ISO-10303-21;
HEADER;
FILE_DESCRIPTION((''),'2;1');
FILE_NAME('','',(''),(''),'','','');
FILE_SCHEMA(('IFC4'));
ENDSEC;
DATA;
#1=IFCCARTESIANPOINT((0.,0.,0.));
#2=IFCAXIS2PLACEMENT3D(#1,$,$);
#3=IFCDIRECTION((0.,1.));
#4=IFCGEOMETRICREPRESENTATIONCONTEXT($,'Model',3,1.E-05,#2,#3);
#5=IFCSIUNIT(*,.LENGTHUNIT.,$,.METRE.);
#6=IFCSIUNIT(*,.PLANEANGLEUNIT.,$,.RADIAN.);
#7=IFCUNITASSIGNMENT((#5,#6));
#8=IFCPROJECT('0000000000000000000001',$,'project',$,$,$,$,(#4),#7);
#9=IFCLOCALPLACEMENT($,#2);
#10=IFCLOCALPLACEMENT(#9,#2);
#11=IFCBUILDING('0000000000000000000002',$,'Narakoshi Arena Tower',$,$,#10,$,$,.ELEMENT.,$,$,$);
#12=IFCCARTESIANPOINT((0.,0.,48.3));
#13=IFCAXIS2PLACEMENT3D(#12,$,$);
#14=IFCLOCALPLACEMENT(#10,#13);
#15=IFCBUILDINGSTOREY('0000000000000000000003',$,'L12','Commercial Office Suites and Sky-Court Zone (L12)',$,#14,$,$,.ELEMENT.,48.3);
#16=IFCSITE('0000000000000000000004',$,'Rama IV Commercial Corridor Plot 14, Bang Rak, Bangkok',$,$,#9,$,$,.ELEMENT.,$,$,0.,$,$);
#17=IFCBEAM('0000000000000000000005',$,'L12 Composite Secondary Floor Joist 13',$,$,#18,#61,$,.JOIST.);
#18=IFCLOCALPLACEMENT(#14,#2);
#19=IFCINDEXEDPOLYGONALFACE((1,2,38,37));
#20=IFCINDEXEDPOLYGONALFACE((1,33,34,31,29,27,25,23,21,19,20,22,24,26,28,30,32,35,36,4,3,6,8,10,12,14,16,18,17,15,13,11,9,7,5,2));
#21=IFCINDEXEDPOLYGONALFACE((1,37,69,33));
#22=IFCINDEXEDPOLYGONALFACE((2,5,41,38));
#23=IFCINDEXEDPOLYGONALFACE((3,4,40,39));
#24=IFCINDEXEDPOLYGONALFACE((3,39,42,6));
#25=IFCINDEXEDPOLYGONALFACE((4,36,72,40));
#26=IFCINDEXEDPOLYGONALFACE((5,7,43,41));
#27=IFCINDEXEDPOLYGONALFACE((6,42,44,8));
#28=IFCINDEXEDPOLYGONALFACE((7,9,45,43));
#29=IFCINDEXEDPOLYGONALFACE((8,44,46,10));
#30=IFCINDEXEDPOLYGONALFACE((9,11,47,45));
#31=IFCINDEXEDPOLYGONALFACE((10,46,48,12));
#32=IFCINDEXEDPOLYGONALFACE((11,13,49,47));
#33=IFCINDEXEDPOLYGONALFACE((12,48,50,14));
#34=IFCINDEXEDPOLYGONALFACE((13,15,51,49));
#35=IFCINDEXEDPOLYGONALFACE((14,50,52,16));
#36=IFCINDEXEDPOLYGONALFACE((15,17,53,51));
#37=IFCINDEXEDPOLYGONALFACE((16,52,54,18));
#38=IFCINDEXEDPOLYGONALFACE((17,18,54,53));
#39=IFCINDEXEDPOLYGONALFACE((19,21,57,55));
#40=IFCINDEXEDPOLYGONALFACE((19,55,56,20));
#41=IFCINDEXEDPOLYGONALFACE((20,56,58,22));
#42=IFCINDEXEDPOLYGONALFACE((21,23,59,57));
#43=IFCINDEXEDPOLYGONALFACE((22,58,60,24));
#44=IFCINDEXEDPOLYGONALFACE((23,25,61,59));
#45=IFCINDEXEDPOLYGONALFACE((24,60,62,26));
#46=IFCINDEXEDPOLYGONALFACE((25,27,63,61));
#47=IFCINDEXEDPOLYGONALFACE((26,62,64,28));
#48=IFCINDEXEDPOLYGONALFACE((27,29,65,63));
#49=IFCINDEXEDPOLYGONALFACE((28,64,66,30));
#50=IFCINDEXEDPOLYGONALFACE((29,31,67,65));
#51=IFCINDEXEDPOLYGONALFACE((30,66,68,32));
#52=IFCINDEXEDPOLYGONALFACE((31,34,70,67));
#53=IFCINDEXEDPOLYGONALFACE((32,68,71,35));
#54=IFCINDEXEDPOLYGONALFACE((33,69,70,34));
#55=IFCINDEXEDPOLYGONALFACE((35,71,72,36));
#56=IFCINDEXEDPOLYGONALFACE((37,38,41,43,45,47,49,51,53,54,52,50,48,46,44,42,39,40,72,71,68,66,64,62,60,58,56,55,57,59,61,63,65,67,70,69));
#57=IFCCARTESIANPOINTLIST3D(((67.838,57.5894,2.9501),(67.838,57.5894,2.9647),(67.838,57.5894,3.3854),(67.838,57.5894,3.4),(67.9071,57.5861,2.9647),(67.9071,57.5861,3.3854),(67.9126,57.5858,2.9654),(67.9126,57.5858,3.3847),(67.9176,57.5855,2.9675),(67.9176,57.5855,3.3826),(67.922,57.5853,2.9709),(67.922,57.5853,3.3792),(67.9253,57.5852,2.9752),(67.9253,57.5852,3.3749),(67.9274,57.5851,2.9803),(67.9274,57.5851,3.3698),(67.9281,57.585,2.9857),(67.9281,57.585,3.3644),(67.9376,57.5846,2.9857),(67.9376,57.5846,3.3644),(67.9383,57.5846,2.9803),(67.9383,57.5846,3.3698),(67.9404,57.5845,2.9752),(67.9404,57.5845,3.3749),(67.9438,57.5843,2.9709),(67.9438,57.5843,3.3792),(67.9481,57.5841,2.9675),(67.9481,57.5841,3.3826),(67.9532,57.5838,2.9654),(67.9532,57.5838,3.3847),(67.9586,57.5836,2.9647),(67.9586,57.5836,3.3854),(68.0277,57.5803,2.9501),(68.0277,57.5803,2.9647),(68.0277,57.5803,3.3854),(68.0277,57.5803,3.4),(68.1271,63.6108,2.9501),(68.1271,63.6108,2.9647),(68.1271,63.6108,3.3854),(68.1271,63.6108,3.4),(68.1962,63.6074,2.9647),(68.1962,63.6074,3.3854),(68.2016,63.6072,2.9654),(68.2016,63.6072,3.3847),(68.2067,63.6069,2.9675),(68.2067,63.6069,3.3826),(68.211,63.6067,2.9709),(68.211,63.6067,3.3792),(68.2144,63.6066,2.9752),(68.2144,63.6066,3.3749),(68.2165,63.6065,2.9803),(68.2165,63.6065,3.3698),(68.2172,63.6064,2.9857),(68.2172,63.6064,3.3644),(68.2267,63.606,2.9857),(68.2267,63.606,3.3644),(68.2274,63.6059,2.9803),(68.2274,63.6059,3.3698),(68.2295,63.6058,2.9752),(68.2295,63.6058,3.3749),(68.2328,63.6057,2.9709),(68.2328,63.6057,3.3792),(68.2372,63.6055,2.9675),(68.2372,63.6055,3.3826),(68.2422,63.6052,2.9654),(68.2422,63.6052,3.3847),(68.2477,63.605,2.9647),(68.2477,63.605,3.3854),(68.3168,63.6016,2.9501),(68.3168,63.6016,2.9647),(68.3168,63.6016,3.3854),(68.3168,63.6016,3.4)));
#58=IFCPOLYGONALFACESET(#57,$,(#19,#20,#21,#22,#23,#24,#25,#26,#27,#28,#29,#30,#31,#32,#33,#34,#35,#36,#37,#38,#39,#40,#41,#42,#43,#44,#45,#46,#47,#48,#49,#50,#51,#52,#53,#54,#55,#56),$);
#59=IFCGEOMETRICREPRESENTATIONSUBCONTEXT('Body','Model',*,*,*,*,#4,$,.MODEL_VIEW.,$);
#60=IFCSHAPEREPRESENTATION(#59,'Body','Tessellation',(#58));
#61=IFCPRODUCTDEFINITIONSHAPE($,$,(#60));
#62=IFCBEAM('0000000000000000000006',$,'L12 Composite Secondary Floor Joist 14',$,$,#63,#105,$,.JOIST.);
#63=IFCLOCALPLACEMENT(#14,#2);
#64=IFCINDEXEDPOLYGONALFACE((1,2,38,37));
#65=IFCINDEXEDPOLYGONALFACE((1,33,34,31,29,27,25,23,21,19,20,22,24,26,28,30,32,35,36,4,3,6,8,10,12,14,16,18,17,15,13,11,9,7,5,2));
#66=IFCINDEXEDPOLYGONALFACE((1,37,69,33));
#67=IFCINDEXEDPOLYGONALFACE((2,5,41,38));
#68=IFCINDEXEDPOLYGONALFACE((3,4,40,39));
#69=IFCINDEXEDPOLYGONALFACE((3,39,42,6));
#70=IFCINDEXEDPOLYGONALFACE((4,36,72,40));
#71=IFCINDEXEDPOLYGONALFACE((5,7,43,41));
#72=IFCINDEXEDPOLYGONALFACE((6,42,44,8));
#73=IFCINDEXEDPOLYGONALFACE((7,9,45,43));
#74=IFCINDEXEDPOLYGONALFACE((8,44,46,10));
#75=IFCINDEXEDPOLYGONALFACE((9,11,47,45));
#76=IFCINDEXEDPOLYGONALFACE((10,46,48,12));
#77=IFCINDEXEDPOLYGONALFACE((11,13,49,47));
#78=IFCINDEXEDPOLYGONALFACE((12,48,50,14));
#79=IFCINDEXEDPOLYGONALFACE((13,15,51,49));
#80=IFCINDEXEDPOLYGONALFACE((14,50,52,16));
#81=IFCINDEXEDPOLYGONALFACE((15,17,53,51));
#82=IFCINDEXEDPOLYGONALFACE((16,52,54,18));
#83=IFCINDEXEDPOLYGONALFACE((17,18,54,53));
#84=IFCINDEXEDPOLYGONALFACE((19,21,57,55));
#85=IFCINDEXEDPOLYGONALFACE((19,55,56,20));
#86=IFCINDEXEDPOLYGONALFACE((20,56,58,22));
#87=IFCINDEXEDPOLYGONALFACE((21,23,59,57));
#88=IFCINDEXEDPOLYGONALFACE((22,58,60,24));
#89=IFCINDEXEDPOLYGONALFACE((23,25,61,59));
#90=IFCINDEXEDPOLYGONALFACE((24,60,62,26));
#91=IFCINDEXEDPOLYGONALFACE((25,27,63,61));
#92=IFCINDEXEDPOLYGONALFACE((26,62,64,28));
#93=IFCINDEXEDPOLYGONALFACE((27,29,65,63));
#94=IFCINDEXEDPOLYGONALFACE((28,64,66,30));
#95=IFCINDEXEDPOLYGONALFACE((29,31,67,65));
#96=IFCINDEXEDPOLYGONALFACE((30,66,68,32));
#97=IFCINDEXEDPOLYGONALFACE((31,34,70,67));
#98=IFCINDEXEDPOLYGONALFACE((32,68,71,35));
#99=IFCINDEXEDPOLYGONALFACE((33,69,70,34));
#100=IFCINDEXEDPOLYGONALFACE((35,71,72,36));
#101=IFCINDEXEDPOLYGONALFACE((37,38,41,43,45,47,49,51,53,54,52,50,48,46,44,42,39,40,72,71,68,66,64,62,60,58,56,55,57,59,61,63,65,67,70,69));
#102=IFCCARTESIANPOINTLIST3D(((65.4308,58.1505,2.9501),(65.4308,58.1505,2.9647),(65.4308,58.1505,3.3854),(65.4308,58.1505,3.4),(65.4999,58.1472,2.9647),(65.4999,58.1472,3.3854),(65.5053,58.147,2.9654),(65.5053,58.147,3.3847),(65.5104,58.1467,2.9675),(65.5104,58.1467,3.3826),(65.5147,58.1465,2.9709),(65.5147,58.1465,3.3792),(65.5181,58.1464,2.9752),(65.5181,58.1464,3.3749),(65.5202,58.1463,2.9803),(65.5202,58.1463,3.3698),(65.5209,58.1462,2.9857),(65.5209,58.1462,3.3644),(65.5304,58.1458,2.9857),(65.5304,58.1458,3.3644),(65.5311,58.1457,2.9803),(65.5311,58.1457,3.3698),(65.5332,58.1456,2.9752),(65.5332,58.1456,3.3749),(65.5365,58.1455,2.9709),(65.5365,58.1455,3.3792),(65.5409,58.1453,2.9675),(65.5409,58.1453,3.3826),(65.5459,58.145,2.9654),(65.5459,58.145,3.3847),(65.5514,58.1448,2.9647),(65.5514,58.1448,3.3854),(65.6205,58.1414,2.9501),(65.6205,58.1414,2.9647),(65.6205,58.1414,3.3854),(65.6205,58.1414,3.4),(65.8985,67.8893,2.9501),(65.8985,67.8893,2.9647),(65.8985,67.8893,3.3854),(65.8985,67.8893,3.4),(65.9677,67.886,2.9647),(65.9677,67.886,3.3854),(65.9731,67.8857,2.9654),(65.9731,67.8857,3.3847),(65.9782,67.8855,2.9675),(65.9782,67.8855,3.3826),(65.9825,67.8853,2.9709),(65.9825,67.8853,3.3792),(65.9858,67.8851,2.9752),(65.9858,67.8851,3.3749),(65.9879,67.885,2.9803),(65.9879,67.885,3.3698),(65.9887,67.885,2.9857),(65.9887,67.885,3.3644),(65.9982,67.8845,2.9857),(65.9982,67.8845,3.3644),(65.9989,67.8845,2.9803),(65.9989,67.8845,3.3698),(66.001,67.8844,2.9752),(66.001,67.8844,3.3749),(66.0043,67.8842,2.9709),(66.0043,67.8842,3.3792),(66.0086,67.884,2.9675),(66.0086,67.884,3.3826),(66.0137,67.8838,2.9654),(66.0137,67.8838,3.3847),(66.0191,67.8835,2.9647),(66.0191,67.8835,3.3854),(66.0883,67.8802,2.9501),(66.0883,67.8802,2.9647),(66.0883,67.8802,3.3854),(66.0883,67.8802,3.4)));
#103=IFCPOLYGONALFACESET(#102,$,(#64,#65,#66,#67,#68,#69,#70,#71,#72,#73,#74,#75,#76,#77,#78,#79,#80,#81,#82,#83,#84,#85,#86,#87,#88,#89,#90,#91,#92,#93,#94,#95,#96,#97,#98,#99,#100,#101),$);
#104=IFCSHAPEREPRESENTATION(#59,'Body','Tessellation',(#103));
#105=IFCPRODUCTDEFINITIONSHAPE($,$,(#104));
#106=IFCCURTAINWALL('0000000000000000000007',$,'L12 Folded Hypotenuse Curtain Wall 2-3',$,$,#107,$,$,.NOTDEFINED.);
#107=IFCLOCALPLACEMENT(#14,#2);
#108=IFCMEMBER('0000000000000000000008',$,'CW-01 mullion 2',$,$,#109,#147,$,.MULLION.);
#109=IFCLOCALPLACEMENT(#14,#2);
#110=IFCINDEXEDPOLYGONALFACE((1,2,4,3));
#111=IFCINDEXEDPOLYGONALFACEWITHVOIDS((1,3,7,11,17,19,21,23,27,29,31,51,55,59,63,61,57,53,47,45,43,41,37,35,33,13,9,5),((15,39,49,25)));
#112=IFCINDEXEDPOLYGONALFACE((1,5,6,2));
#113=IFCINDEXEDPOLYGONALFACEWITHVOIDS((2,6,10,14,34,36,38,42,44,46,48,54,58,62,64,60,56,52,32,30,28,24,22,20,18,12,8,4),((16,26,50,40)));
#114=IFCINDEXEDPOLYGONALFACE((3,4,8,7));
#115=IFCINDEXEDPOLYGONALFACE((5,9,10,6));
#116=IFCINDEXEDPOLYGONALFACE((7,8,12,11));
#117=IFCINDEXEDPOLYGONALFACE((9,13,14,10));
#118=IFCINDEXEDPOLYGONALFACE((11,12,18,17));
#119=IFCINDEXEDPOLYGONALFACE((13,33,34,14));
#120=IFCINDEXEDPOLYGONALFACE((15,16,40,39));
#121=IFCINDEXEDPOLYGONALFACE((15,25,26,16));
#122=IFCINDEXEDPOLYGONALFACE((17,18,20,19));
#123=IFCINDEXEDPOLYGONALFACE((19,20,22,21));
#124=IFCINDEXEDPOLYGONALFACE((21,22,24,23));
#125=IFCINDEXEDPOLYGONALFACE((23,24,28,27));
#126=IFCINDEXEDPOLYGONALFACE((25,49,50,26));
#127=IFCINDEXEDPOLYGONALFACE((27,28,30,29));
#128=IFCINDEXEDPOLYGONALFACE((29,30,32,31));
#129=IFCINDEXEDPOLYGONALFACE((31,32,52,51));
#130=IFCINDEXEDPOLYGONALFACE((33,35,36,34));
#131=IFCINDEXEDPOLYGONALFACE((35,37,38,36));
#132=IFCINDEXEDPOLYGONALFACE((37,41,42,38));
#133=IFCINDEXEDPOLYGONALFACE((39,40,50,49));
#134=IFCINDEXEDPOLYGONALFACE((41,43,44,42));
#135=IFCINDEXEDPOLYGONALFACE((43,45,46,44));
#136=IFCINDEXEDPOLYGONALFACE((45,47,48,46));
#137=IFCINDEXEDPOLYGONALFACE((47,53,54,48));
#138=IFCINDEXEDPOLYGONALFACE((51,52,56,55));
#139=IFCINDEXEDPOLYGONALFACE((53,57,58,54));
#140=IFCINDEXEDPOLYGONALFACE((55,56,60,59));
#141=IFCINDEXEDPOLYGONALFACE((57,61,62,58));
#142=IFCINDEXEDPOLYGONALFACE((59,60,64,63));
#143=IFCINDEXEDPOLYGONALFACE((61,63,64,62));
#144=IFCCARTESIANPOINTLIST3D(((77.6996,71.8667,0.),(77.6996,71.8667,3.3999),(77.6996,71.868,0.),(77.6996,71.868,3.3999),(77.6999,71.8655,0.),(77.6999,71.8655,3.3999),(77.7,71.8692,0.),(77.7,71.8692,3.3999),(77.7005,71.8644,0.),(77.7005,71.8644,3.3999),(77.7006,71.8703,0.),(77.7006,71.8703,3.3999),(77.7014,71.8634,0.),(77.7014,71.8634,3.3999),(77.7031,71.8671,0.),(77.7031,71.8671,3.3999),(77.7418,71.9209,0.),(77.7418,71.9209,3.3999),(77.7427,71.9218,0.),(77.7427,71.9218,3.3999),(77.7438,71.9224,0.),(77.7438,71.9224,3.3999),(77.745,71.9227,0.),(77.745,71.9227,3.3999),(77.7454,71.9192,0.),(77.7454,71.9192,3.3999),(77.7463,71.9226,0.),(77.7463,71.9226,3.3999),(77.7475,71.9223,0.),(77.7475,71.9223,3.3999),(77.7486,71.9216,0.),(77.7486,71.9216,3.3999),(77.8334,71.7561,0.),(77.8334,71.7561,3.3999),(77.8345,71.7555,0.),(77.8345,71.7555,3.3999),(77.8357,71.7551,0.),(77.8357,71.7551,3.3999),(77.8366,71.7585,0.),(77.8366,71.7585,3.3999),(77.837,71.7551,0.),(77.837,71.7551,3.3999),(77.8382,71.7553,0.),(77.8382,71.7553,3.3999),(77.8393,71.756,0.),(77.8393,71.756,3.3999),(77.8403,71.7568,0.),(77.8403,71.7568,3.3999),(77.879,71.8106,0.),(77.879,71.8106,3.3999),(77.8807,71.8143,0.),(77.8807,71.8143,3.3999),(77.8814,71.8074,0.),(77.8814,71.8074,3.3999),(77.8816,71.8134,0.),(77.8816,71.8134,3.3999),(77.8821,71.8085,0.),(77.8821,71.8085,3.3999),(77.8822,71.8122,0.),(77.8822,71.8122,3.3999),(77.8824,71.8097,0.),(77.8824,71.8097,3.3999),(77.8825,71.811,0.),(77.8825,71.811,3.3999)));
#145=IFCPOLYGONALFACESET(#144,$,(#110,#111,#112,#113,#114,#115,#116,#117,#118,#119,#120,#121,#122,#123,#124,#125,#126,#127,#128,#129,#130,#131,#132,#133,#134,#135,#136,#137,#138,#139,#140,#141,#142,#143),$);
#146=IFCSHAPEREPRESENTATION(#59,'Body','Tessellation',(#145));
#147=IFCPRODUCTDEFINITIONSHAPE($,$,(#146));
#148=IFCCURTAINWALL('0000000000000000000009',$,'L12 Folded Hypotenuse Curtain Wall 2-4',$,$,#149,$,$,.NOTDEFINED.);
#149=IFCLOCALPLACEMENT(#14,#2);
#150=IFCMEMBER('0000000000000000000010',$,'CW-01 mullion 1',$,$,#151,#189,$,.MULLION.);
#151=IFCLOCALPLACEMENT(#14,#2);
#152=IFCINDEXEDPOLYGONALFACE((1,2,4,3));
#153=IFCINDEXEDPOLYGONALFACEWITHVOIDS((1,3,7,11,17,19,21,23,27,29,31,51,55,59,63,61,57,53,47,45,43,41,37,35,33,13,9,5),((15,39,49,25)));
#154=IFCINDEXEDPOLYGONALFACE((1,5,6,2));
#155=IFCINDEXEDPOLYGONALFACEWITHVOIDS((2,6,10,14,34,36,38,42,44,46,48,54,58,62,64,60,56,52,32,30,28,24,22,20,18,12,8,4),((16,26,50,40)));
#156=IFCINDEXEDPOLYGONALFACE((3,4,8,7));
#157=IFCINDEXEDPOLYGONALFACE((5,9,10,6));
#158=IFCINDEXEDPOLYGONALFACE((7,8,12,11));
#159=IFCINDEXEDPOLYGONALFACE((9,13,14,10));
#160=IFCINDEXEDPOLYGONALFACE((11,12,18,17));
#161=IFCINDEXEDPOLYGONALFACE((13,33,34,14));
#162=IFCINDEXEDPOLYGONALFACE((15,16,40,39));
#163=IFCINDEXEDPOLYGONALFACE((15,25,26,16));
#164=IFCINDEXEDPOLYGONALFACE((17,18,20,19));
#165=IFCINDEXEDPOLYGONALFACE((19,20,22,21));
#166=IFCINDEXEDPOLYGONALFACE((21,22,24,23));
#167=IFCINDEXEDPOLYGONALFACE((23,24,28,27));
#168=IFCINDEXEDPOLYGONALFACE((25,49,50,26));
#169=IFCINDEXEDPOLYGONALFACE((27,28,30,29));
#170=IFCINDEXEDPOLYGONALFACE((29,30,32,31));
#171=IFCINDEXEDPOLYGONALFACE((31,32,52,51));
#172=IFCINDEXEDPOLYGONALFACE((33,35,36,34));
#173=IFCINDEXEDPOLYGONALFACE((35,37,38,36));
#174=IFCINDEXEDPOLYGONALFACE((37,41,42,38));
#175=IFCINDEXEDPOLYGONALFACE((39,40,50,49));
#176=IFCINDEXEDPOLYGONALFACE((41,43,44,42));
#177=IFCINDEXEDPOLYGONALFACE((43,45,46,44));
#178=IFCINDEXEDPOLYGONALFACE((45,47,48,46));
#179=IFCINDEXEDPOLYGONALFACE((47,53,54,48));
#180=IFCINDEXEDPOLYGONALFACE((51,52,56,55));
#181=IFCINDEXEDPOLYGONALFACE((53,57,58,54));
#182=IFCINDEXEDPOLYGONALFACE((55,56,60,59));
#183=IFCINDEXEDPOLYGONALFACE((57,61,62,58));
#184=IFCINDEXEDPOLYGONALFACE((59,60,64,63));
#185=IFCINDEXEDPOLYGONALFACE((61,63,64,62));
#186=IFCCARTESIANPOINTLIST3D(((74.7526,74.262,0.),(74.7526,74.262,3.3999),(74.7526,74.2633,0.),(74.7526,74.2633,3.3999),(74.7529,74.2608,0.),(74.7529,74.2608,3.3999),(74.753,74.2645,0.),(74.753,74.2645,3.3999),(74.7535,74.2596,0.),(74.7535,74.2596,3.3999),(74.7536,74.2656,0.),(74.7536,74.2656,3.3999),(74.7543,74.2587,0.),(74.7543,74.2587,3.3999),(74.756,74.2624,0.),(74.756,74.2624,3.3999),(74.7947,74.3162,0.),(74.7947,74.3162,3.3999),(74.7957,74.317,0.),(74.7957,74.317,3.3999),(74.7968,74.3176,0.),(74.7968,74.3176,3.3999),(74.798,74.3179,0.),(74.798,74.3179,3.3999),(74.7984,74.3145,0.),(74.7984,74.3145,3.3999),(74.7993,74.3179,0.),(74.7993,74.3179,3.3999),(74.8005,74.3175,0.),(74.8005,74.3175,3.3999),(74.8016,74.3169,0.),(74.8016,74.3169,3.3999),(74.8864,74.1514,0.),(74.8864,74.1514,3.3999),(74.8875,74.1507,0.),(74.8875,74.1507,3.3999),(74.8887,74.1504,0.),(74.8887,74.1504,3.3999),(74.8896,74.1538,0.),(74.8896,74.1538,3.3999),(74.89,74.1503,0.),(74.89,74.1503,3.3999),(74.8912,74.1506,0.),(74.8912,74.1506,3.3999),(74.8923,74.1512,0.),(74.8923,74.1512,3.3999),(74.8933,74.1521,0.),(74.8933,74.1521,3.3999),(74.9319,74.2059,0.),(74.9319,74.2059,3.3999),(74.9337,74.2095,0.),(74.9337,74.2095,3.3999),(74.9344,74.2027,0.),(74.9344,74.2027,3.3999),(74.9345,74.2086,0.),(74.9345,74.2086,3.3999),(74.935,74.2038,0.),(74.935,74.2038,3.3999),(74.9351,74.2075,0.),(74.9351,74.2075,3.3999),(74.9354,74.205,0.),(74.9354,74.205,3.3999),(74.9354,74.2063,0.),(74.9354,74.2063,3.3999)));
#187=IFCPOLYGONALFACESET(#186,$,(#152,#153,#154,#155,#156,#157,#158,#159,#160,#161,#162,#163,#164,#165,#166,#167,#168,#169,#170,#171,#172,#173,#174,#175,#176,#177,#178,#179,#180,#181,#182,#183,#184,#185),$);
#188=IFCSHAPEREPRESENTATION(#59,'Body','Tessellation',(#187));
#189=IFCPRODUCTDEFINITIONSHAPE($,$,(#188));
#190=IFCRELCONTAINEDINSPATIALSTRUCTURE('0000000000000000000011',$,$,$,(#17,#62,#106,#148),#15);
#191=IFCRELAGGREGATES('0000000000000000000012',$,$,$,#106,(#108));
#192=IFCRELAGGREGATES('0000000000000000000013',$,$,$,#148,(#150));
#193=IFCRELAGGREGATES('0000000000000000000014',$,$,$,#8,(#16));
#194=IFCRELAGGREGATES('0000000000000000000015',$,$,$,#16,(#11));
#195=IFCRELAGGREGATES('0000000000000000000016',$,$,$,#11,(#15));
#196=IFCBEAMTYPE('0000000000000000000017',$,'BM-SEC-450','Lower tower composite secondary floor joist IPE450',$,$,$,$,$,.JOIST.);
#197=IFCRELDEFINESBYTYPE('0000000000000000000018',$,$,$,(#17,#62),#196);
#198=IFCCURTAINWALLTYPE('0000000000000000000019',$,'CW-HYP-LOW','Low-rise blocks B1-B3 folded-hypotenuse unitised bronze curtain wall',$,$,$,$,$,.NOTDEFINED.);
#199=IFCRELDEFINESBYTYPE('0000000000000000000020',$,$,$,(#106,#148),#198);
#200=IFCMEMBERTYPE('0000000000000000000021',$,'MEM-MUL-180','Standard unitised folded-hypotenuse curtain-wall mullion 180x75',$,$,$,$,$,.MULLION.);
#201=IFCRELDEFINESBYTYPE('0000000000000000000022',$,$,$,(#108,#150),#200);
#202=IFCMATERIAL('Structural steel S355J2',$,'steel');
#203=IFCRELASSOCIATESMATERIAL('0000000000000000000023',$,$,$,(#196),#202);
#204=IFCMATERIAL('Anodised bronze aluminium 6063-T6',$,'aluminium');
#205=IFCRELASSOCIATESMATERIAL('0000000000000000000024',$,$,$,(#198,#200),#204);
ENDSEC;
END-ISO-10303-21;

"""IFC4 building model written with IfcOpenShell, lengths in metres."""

from ifc_helpers import new_model, si_unit, direction, frame, origin, origin_2d, place, context, subcontext, project, spatial, hollow_rectangle, i_section, extrude, material, material_profile, profile_set, type_object, element, aggregate, save


model = new_model("IFC4")

# Units and contexts
model_context = context("Model", 3, precision=1e-05, world=origin(), true_north=direction((0.0, 1.0)))
body_context = subcontext(model_context, "Body", "Model", "MODEL_VIEW")
ifc_project = project(units=[si_unit("LENGTHUNIT", "METRE"), si_unit("PLANEANGLEUNIT", "RADIAN")], contexts=[model_context])

# Site, building, storey
site_placement = place(None, origin())
site = spatial("IfcSite", under=ifc_project, at=site_placement, Name="Rama IV Commercial Corridor Plot 14, Bang Rak, Bangkok", CompositionType="ELEMENT", RefElevation=0.0)
building_placement = place(site_placement, origin())
building = spatial("IfcBuilding", under=site, at=building_placement, Name="Narakoshi Arena Tower", CompositionType="ELEMENT")
storey_placement = place(building_placement, frame((0.0, 0.0, 48.3)))
storey = spatial("IfcBuildingStorey", under=building, at=storey_placement, Name="L12", Description="Commercial Office Suites and Sky-Court Zone (L12)", CompositionType="ELEMENT", Elevation=48.3)

# Beams
ifc_material_1 = material(Name="Structural steel S355J2", Category="steel")
ifc_material_profile_1 = material_profile(ifc_material_1, i_section(OverallWidth=0.1899, OverallDepth=0.45, WebThickness=0.0095, FlangeThickness=0.0146, FilletRadius=0.021, at=origin_2d()), Name="IPE450")
ifc_profile_set_1 = profile_set([ifc_material_profile_1], Name="Structural steel S355J2")
beam_type_1 = type_object("IfcBeamType", Name="BM-SEC-450", Description="Lower tower composite secondary floor joist IPE450", PredefinedType="JOIST", material=ifc_profile_set_1)
beam_1_placement = place(storey_placement, frame((68.2219, 63.6062, 3.175), z_axis=(-0.04795, -0.99885, 0.0), x_axis=(0.99885, -0.04795, 0.0)))
element("IfcBeam", 1, at=beam_1_placement, inside=storey, type_object=beam_type_1, Name="L12 Composite Secondary Floor Joist 13", PredefinedType="JOIST", context=body_context, shape_type="SweptSolid", body=[
    extrude(i_section(OverallWidth=0.1899, OverallDepth=0.45, WebThickness=0.0095, FlangeThickness=0.0146, FilletRadius=0.021, at=origin_2d()), origin(), (0.0, 0.0, 1.0), 6.0283),
])
beam_2_placement = place(storey_placement, frame((65.9934, 67.8848, 3.175), z_axis=(-0.047977, -0.998848, 0.0), x_axis=(0.998848, -0.047977, 0.0)))
element("IfcBeam", 2, at=beam_2_placement, inside=storey, type_object=beam_type_1, Name="L12 Composite Secondary Floor Joist 14", PredefinedType="JOIST", context=body_context, shape_type="SweptSolid", body=[
    extrude(i_section(OverallWidth=0.1899, OverallDepth=0.45, WebThickness=0.0095, FlangeThickness=0.0146, FilletRadius=0.021, at=origin_2d()), origin(), (0.0, 0.0, 1.0), 9.75),
])

# Curtain wall, member
ifc_material_2 = material(Name="Anodised bronze aluminium 6063-T6", Category="aluminium")
curtain_wall_type = type_object("IfcCurtainWallType", Name="CW-HYP-LOW", Description="Low-rise blocks B1-B3 folded-hypotenuse unitised bronze curtain wall", PredefinedType="NOTDEFINED", material=ifc_material_2)
curtain_wall_1_placement = place(storey_placement, origin())
curtain_wall_1 = element("IfcCurtainWall", 3, at=curtain_wall_1_placement, inside=storey, type_object=curtain_wall_type, Name="L12 Folded Hypotenuse Curtain Wall 2-3", PredefinedType="NOTDEFINED")
ifc_material_profile_2 = material_profile(ifc_material_2, hollow_rectangle(XDim=0.075, YDim=0.1799, WallThickness=0.0039, OuterFilletRadius=0.0049, at=origin_2d()), Name="MUL180x75x4")
ifc_profile_set_2 = profile_set([ifc_material_profile_2], Name="Anodised bronze aluminium 6063-T6")
member_type_1 = type_object("IfcMemberType", Name="MEM-MUL-180", Description="Standard unitised folded-hypotenuse curtain-wall mullion 180x75", PredefinedType="MULLION", material=ifc_profile_set_2)
member_1_placement = place(storey_placement, frame((77.791, 71.8389, 0.0), z_axis=(0.0, 0.0, 1.0), x_axis=(-0.630723, -0.776008, 0.0)))
member_1 = element("IfcMember", 4, at=member_1_placement, type_object=member_type_1, Name="CW-01 mullion 2", PredefinedType="MULLION", context=body_context, shape_type="SweptSolid", body=[
    extrude(hollow_rectangle(XDim=0.075, YDim=0.1799, WallThickness=0.0039, OuterFilletRadius=0.0049, at=origin_2d()), origin(), (0.0, 0.0, 1.0), 3.3999),
])

# Curtain wall, member
curtain_wall_2_placement = place(storey_placement, origin())
curtain_wall_2 = element("IfcCurtainWall", 5, at=curtain_wall_2_placement, inside=storey, type_object=curtain_wall_type, Name="L12 Folded Hypotenuse Curtain Wall 2-4", PredefinedType="NOTDEFINED")
member_2_placement = place(storey_placement, frame((74.844, 74.2341, 0.0), z_axis=(0.0, 0.0, 1.0), x_axis=(-0.630734, -0.775999, 0.0)))
member_2 = element("IfcMember", 6, at=member_2_placement, type_object=member_type_1, Name="CW-01 mullion 1", PredefinedType="MULLION", context=body_context, shape_type="SweptSolid", body=[
    extrude(hollow_rectangle(XDim=0.075, YDim=0.1799, WallThickness=0.0039, OuterFilletRadius=0.0049, at=origin_2d()), origin(), (0.0, 0.0, 1.0), 3.3999),
])

aggregate(curtain_wall_1, [member_1])
aggregate(curtain_wall_2, [member_2])

save(model, "model.ifc")
